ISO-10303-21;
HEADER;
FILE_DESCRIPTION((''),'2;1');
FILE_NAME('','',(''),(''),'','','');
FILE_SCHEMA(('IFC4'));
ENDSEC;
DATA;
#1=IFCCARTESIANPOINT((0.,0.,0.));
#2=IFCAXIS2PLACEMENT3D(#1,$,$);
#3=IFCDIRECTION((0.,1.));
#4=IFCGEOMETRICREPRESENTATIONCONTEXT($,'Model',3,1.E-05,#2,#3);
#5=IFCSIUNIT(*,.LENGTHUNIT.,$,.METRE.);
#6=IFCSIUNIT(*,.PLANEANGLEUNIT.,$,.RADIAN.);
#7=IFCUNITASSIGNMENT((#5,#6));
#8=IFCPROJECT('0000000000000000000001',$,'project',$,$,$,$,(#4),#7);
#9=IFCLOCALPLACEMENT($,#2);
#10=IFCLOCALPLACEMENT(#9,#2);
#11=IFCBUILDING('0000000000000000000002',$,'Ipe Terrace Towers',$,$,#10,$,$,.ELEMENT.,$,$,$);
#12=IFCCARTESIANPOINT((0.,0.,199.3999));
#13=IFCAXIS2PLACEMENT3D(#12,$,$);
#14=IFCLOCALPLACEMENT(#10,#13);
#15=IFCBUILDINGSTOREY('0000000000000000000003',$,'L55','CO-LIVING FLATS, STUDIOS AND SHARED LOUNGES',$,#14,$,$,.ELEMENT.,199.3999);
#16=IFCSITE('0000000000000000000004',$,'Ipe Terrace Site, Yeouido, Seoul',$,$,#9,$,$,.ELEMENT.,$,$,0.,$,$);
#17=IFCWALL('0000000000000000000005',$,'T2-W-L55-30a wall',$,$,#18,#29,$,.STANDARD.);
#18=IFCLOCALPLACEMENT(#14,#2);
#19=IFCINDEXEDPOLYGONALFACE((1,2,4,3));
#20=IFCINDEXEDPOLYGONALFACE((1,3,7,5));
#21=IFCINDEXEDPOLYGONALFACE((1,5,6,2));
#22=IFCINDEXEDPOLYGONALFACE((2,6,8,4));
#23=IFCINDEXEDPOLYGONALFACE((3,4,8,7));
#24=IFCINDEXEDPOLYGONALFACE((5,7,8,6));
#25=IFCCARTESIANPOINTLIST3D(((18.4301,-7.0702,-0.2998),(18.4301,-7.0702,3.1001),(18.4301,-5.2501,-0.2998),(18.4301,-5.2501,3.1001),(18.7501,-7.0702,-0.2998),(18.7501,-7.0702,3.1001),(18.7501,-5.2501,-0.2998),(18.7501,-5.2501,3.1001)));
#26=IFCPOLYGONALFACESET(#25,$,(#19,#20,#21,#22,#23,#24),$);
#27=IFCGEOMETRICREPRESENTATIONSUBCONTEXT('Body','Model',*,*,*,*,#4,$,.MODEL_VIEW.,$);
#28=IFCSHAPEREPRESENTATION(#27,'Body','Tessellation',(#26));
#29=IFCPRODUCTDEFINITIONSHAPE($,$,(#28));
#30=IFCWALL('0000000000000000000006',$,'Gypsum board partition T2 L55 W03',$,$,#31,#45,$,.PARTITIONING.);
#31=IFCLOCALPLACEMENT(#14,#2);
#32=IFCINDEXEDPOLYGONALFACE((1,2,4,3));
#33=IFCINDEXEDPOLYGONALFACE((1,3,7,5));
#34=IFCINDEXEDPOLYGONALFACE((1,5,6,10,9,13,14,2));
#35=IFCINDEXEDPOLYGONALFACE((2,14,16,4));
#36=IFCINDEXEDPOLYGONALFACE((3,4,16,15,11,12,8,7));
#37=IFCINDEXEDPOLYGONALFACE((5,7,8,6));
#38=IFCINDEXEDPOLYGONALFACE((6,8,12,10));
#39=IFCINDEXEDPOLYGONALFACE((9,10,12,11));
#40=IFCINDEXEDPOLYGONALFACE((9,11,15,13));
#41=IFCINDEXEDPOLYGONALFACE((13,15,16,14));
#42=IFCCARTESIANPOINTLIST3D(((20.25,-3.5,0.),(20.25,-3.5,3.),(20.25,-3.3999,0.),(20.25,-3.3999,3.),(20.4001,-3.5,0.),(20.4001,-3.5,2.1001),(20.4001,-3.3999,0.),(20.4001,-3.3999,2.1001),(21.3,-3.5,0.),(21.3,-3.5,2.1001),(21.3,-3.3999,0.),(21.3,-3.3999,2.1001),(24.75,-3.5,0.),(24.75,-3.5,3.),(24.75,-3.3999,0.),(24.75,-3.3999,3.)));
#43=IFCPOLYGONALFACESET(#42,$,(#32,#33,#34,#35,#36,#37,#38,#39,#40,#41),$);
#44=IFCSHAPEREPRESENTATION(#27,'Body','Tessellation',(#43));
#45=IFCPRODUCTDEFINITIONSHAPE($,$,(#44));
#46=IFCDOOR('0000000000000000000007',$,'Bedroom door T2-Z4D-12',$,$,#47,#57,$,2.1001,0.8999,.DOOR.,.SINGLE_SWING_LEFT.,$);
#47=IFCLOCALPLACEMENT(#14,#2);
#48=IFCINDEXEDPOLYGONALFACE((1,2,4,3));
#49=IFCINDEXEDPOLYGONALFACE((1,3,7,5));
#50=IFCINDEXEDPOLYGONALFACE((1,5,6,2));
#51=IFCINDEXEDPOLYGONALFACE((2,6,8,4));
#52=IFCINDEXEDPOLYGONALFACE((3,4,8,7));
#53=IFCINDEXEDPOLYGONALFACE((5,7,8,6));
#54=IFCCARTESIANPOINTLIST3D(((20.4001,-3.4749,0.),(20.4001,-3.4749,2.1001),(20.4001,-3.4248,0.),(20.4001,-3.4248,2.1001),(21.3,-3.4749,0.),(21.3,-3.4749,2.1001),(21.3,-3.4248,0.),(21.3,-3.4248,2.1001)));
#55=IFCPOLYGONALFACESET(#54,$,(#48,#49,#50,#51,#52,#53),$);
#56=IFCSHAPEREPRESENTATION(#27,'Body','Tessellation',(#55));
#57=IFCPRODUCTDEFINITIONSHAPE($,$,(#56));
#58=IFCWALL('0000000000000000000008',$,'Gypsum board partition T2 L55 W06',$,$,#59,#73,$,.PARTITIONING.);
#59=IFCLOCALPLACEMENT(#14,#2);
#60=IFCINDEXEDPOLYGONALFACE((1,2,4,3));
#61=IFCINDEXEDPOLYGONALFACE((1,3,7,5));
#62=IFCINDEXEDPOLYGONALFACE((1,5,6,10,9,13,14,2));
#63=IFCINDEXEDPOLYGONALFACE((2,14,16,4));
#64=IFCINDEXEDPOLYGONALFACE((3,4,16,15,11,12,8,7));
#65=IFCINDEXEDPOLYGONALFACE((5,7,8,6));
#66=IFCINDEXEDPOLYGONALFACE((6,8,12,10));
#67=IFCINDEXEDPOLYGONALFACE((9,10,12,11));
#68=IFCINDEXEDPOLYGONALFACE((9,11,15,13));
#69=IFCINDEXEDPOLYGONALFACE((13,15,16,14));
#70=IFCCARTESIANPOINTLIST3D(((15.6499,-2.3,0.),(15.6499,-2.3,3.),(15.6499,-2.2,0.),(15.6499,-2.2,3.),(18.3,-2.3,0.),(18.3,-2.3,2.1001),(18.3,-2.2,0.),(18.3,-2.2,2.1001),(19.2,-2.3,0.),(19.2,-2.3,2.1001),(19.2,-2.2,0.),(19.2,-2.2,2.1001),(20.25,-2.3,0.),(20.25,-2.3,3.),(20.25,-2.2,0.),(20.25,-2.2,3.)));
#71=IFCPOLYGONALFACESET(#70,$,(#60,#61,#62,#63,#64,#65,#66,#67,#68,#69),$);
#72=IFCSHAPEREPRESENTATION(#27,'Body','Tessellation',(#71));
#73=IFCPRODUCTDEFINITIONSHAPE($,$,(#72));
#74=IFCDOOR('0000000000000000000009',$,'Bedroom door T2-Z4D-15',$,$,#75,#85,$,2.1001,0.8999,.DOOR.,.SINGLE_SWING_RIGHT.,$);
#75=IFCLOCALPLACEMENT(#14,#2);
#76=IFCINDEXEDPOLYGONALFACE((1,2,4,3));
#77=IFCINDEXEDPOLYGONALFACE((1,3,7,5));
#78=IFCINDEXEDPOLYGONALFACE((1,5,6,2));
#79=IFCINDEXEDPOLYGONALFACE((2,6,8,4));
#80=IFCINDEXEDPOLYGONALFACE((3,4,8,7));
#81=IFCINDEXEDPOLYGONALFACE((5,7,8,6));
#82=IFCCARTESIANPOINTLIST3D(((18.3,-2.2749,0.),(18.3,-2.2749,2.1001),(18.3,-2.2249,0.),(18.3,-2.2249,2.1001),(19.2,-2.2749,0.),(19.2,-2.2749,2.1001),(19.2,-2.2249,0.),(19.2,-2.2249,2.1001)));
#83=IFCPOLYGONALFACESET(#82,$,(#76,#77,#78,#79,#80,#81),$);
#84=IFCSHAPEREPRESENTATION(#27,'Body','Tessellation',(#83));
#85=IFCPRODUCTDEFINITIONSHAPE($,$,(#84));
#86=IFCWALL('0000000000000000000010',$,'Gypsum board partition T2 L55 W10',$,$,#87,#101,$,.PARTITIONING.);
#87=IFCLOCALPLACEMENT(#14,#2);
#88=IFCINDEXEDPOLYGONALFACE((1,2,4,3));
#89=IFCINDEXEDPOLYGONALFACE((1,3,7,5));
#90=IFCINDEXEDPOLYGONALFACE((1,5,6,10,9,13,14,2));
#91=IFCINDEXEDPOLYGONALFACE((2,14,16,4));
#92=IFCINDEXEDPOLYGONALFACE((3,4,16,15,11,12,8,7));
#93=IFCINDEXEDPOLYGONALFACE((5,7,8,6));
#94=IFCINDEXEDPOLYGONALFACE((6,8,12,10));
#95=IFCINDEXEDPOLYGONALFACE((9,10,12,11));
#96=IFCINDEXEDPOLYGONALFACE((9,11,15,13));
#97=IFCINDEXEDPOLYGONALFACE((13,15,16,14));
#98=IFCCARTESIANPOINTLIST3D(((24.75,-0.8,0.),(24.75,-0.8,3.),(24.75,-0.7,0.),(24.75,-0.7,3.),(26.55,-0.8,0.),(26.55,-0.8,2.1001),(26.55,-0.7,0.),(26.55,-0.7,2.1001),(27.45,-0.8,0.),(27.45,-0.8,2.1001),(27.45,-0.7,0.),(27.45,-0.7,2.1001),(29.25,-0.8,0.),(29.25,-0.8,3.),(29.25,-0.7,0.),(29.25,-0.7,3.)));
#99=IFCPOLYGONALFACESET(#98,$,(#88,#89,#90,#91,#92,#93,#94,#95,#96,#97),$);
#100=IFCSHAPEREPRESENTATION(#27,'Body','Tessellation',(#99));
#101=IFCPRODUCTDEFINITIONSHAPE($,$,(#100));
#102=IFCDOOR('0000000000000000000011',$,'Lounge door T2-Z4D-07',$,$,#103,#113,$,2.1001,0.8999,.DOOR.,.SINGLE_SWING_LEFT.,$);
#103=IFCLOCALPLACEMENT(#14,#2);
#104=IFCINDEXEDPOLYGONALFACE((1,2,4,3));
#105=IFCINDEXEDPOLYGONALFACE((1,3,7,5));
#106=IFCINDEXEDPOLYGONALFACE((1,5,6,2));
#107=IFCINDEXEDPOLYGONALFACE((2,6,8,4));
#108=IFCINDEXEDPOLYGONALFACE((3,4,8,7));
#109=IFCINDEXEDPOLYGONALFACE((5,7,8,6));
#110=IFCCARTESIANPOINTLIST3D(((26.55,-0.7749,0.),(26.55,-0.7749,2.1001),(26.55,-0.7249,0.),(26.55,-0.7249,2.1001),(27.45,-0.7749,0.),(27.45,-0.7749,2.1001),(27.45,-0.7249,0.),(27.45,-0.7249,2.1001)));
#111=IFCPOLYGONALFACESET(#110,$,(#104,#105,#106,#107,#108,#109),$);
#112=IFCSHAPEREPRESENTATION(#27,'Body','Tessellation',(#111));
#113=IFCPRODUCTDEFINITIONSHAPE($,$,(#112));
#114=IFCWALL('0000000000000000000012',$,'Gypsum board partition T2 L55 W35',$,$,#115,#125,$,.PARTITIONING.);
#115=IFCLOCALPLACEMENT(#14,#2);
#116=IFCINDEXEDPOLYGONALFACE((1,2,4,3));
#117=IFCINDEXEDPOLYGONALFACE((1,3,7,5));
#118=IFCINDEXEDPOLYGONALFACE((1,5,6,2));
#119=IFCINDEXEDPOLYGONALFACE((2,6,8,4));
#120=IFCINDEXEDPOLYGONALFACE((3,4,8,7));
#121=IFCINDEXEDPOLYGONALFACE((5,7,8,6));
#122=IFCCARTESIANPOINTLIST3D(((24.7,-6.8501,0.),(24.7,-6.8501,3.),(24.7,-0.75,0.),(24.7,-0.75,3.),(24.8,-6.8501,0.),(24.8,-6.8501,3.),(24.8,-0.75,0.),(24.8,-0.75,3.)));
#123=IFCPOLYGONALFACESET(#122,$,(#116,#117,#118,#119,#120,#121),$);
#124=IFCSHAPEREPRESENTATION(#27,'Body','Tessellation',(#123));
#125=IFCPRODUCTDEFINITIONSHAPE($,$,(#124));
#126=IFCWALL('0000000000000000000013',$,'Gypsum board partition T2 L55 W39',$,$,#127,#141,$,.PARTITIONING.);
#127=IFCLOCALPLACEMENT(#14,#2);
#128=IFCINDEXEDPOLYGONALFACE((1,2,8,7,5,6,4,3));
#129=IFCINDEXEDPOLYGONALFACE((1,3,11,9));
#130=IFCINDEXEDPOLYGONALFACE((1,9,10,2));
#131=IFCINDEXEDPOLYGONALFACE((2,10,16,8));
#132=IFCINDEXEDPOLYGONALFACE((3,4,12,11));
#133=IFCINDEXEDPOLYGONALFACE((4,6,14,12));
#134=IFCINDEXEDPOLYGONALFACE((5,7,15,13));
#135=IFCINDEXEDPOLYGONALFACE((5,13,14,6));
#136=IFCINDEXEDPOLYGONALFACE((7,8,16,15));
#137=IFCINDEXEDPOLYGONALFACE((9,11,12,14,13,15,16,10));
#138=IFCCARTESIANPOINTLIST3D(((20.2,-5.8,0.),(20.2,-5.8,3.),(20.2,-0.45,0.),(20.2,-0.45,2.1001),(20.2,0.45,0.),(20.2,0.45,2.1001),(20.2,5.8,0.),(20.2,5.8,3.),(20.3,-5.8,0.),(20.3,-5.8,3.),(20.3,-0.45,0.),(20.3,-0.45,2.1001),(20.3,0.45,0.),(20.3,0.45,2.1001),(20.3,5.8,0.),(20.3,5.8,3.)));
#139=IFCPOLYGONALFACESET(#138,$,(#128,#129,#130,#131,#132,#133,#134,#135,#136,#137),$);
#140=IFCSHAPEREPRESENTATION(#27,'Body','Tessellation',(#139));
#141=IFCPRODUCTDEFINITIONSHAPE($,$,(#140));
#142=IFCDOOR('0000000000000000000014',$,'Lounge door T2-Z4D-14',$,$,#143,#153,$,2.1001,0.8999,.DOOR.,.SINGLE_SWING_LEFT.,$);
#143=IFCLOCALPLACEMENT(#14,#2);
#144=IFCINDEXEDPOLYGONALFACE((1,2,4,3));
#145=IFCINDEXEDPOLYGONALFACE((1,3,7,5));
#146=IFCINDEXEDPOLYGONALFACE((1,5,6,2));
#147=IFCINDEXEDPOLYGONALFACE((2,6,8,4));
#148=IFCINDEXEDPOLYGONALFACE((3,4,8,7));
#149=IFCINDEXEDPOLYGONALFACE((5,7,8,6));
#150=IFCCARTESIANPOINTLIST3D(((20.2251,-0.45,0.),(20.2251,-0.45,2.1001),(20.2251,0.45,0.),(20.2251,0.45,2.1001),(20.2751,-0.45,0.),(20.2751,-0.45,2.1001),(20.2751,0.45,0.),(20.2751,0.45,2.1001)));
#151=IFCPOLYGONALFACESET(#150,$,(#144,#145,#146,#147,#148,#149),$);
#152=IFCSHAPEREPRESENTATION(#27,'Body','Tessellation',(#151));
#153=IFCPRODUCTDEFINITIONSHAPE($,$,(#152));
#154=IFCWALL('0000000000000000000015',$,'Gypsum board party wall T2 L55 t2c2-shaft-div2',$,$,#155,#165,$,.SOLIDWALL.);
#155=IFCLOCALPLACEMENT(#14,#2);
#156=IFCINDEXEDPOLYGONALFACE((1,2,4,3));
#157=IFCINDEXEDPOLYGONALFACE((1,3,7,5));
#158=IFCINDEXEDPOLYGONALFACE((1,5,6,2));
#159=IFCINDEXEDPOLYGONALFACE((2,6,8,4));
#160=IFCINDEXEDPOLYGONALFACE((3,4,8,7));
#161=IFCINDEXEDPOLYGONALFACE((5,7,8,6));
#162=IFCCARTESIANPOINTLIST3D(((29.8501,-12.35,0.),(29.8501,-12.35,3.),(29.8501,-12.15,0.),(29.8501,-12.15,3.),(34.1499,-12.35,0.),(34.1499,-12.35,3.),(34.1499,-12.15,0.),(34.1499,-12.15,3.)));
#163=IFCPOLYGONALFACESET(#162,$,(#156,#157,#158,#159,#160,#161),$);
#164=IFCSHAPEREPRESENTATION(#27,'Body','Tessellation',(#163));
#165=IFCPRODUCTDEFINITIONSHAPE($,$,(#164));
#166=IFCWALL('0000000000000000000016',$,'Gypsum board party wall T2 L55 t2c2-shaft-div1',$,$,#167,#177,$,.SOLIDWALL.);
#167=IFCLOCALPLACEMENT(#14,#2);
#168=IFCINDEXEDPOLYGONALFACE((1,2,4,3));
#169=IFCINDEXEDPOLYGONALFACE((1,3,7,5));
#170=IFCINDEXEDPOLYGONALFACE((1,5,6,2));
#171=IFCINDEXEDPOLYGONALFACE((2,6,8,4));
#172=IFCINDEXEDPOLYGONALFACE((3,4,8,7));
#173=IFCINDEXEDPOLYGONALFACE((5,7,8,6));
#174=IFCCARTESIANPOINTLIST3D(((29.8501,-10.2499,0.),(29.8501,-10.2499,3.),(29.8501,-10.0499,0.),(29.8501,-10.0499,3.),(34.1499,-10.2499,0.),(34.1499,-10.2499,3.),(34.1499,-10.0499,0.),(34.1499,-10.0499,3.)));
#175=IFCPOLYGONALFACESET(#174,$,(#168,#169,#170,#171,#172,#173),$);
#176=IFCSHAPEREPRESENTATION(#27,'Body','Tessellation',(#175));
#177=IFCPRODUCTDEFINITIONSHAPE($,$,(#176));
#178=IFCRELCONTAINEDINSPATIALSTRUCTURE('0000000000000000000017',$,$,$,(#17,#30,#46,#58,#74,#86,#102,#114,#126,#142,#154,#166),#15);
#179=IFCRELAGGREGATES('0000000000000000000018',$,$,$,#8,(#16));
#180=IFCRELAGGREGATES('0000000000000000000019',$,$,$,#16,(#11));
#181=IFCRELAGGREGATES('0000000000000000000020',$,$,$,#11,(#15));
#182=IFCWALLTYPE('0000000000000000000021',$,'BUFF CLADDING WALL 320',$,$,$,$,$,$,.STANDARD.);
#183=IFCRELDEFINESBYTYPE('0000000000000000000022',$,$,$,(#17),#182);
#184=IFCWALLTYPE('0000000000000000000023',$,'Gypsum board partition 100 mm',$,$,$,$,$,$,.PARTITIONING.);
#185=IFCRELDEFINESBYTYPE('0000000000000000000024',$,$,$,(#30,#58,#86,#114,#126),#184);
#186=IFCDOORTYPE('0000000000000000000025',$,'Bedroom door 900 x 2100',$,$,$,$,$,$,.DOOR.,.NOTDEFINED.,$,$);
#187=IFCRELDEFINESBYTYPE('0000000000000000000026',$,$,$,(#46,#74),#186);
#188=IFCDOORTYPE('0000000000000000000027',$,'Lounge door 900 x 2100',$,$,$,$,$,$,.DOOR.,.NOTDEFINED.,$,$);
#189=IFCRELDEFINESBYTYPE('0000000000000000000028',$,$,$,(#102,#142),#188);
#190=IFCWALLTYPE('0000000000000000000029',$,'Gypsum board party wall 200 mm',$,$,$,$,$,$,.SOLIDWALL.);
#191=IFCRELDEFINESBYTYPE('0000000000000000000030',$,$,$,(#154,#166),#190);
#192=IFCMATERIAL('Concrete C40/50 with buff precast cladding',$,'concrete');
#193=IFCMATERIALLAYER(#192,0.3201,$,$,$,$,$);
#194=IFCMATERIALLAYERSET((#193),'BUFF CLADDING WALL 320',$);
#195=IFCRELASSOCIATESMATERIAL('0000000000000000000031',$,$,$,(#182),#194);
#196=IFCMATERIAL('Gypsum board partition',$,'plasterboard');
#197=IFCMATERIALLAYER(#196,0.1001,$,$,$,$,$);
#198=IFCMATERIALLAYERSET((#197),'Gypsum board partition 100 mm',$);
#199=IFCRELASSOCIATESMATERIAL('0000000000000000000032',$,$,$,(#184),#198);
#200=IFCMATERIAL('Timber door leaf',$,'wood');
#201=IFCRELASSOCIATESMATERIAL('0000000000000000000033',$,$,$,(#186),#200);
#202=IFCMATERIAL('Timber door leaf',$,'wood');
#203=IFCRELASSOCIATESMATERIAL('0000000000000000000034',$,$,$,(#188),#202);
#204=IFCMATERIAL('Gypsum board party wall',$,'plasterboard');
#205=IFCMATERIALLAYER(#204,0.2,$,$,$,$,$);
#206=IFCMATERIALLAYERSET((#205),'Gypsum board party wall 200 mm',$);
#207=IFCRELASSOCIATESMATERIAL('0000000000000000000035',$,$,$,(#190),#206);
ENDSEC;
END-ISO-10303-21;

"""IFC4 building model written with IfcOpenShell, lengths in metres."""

from ifc_helpers import new_model, si_unit, direction, frame, frame_2d, origin, place, context, subcontext, project, spatial, rectangle, extrude, material, layer, layer_set, type_object, element, fill, save


model = new_model("IFC4")

# Units and contexts
model_context = context("Model", 3, precision=1e-05, world=origin(), true_north=direction((0.0, 1.0)))
body_context = subcontext(model_context, "Body", "Model", "MODEL_VIEW")
ifc_project = project(units=[si_unit("LENGTHUNIT", "METRE"), si_unit("PLANEANGLEUNIT", "RADIAN")], contexts=[model_context])

# Site, building, storey
site_placement = place(None, origin())
site = spatial("IfcSite", under=ifc_project, at=site_placement, Name="Ipe Terrace Site, Yeouido, Seoul", CompositionType="ELEMENT", RefElevation=0.0)
building_placement = place(site_placement, origin())
building = spatial("IfcBuilding", under=site, at=building_placement, Name="Ipe Terrace Towers", CompositionType="ELEMENT")
storey_placement = place(building_placement, frame((0.0, 0.0, 199.3999)))
storey = spatial("IfcBuildingStorey", under=building, at=storey_placement, Name="L55", Description="CO-LIVING FLATS, STUDIOS AND SHARED LOUNGES", CompositionType="ELEMENT", Elevation=199.3999)

# Wall
ifc_material_1 = material(Name="Concrete C40/50 with buff precast cladding", Category="concrete")
ifc_layer_1 = layer(ifc_material_1, 0.3201)
ifc_layer_set_1 = layer_set([ifc_layer_1], Name="BUFF CLADDING WALL 320")
wall_type_1 = type_object("IfcWallType", Name="BUFF CLADDING WALL 320", PredefinedType="STANDARD", material=ifc_layer_set_1)
wall_1_placement = place(storey_placement, frame((18.5901, -5.25, -0.2998), z_axis=(0.0, 0.0, 1.0), x_axis=(0.0, -1.0, 0.0)))
element("IfcWall", 1, at=wall_1_placement, inside=storey, type_object=wall_type_1, Name="T2-W-L55-30a wall", PredefinedType="STANDARD", context=body_context, shape_type="SweptSolid", body=[
    extrude(rectangle(XDim=1.8201, YDim=0.3201, at=frame_2d((0.9102, 0.0))), origin(), (0.0, 0.0, 1.0), 3.3999),
])

# Walls, openings, doors
ifc_material_2 = material(Name="Gypsum board partition", Category="plasterboard")
ifc_layer_2 = layer(ifc_material_2, 0.1001)
ifc_layer_set_2 = layer_set([ifc_layer_2], Name="Gypsum board partition 100 mm")
wall_type_2 = type_object("IfcWallType", Name="Gypsum board partition 100 mm", PredefinedType="PARTITIONING", material=ifc_layer_set_2)
wall_2_placement = place(storey_placement, frame((24.75, -3.45, 0.0), z_axis=(0.0, 0.0, 1.0), x_axis=(-1.0, 0.0, 0.0)))
wall_2 = element("IfcWall", 2, at=wall_2_placement, inside=storey, type_object=wall_type_2, Name="Gypsum board partition T2 L55 W03", PredefinedType="PARTITIONING", context=body_context, shape_type="SweptSolid", body=[
    extrude(rectangle(XDim=4.5, YDim=0.1001, at=frame_2d((2.25, 0.0))), origin(), (0.0, 0.0, 1.0), 3.0),
])
opening_1_placement = place(wall_2_placement, frame((3.45, 0.0, 0.0)))
opening_1 = element("IfcOpeningElement", 3, at=opening_1_placement, cuts=wall_2, PredefinedType="OPENING", context=body_context, shape_type="SweptSolid", body=[
    extrude(rectangle(XDim=0.8999, YDim=2.1001, at=frame_2d((0.45, 1.05))), frame((0.0, 0.0601, 0.0), z_axis=(0.0, -1.0, 0.0), x_axis=(1.0, 0.0, 0.0)), (0.0, 0.0, 1.0), 0.1201),
])
ifc_material_3 = material(Name="Timber door leaf", Category="wood")
door_type_1 = type_object("IfcDoorType", Name="Bedroom door 900 x 2100", OperationType="NOTDEFINED", PredefinedType="DOOR", material=ifc_material_3)
door_1_placement = place(opening_1_placement, origin())
door_1 = element("IfcDoor", 4, at=door_1_placement, inside=storey, type_object=door_type_1, Name="Bedroom door T2-Z4D-12", OperationType="SINGLE_SWING_LEFT", OverallHeight=2.1001, OverallWidth=0.8999, PredefinedType="DOOR", context=body_context, shape_type="SweptSolid", body=[
    extrude(rectangle(XDim=0.8999, YDim=2.1001, at=frame_2d((0.45, 1.05))), frame((0.0, 0.0249, 0.0), z_axis=(0.0, -1.0, 0.0), x_axis=(1.0, 0.0, 0.0)), (0.0, 0.0, 1.0), 0.05),
])
fill(opening_1, door_1)
wall_3_placement = place(storey_placement, frame((20.25, -2.25, 0.0), z_axis=(0.0, 0.0, 1.0), x_axis=(-1.0, 0.0, 0.0)))
wall_3 = element("IfcWall", 5, at=wall_3_placement, inside=storey, type_object=wall_type_2, Name="Gypsum board partition T2 L55 W06", PredefinedType="PARTITIONING", context=body_context, shape_type="SweptSolid", body=[
    extrude(rectangle(XDim=4.6001, YDim=0.1001, at=frame_2d((2.3, 0.0))), origin(), (0.0, 0.0, 1.0), 3.0),
])
opening_2_placement = place(wall_3_placement, frame((1.05, 0.0, 0.0)))
opening_2 = element("IfcOpeningElement", 6, at=opening_2_placement, cuts=wall_3, PredefinedType="OPENING", context=body_context, shape_type="SweptSolid", body=[
    extrude(rectangle(XDim=0.8999, YDim=2.1001, at=frame_2d((0.45, 1.05))), frame((0.0, 0.0601, 0.0), z_axis=(0.0, -1.0, 0.0), x_axis=(1.0, 0.0, 0.0)), (0.0, 0.0, 1.0), 0.1201),
])
door_2_placement = place(opening_2_placement, origin())
door_2 = element("IfcDoor", 7, at=door_2_placement, inside=storey, type_object=door_type_1, Name="Bedroom door T2-Z4D-15", OperationType="SINGLE_SWING_RIGHT", OverallHeight=2.1001, OverallWidth=0.8999, PredefinedType="DOOR", context=body_context, shape_type="SweptSolid", body=[
    extrude(rectangle(XDim=0.8999, YDim=2.1001, at=frame_2d((0.45, 1.05))), frame((0.0, 0.0249, 0.0), z_axis=(0.0, -1.0, 0.0), x_axis=(1.0, 0.0, 0.0)), (0.0, 0.0, 1.0), 0.05),
])
fill(opening_2, door_2)
wall_4_placement = place(storey_placement, frame((29.25, -0.75, 0.0), z_axis=(0.0, 0.0, 1.0), x_axis=(-1.0, 0.0, 0.0)))
wall_4 = element("IfcWall", 8, at=wall_4_placement, inside=storey, type_object=wall_type_2, Name="Gypsum board partition T2 L55 W10", PredefinedType="PARTITIONING", context=body_context, shape_type="SweptSolid", body=[
    extrude(rectangle(XDim=4.5, YDim=0.1001, at=frame_2d((2.25, 0.0))), origin(), (0.0, 0.0, 1.0), 3.0),
])
opening_3_placement = place(wall_4_placement, frame((1.8, 0.0, 0.0)))
opening_3 = element("IfcOpeningElement", 9, at=opening_3_placement, cuts=wall_4, PredefinedType="OPENING", context=body_context, shape_type="SweptSolid", body=[
    extrude(rectangle(XDim=0.8999, YDim=2.1001, at=frame_2d((0.45, 1.05))), frame((0.0, 0.0601, 0.0), z_axis=(0.0, -1.0, 0.0), x_axis=(1.0, 0.0, 0.0)), (0.0, 0.0, 1.0), 0.1201),
])
ifc_material_4 = material(Name="Timber door leaf", Category="wood")
door_type_2 = type_object("IfcDoorType", Name="Lounge door 900 x 2100", OperationType="NOTDEFINED", PredefinedType="DOOR", material=ifc_material_4)
door_3_placement = place(opening_3_placement, origin())
door_3 = element("IfcDoor", 10, at=door_3_placement, inside=storey, type_object=door_type_2, Name="Lounge door T2-Z4D-07", OperationType="SINGLE_SWING_LEFT", OverallHeight=2.1001, OverallWidth=0.8999, PredefinedType="DOOR", context=body_context, shape_type="SweptSolid", body=[
    extrude(rectangle(XDim=0.8999, YDim=2.1001, at=frame_2d((0.45, 1.05))), frame((0.0, 0.0249, 0.0), z_axis=(0.0, -1.0, 0.0), x_axis=(1.0, 0.0, 0.0)), (0.0, 0.0, 1.0), 0.05),
])
fill(opening_3, door_3)

# Wall
wall_5_placement = place(storey_placement, frame((24.75, -6.8501, 0.0), z_axis=(0.0, 0.0, 1.0), x_axis=(0.0, 1.0, 0.0)))
element("IfcWall", 11, at=wall_5_placement, inside=storey, type_object=wall_type_2, Name="Gypsum board partition T2 L55 W35", PredefinedType="PARTITIONING", context=body_context, shape_type="SweptSolid", body=[
    extrude(rectangle(XDim=6.1001, YDim=0.1001, at=frame_2d((3.05, 0.0))), origin(), (0.0, 0.0, 1.0), 3.0),
])

# Wall, opening, door
wall_6_placement = place(storey_placement, frame((20.25, -5.8, 0.0), z_axis=(0.0, 0.0, 1.0), x_axis=(0.0, 1.0, 0.0)))
wall_6 = element("IfcWall", 12, at=wall_6_placement, inside=storey, type_object=wall_type_2, Name="Gypsum board partition T2 L55 W39", PredefinedType="PARTITIONING", context=body_context, shape_type="SweptSolid", body=[
    extrude(rectangle(XDim=11.6001, YDim=0.1001, at=frame_2d((5.8, 0.0))), origin(), (0.0, 0.0, 1.0), 3.0),
])
opening_4_placement = place(wall_6_placement, frame((5.3501, 0.0, 0.0)))
opening_4 = element("IfcOpeningElement", 13, at=opening_4_placement, cuts=wall_6, PredefinedType="OPENING", context=body_context, shape_type="SweptSolid", body=[
    extrude(rectangle(XDim=0.8999, YDim=2.1001, at=frame_2d((0.45, 1.05))), frame((0.0, 0.0601, 0.0), z_axis=(0.0, -1.0, 0.0), x_axis=(1.0, 0.0, 0.0)), (0.0, 0.0, 1.0), 0.1201),
])
door_4_placement = place(opening_4_placement, origin())
door_4 = element("IfcDoor", 14, at=door_4_placement, inside=storey, type_object=door_type_2, Name="Lounge door T2-Z4D-14", OperationType="SINGLE_SWING_LEFT", OverallHeight=2.1001, OverallWidth=0.8999, PredefinedType="DOOR", context=body_context, shape_type="SweptSolid", body=[
    extrude(rectangle(XDim=0.8999, YDim=2.1001, at=frame_2d((0.45, 1.05))), frame((0.0, 0.0249, 0.0), z_axis=(0.0, -1.0, 0.0), x_axis=(1.0, 0.0, 0.0)), (0.0, 0.0, 1.0), 0.05),
])
fill(opening_4, door_4)

# Walls
ifc_material_5 = material(Name="Gypsum board party wall", Category="plasterboard")
ifc_layer_3 = layer(ifc_material_5, 0.2)
ifc_layer_set_3 = layer_set([ifc_layer_3], Name="Gypsum board party wall 200 mm")
wall_type_3 = type_object("IfcWallType", Name="Gypsum board party wall 200 mm", PredefinedType="SOLIDWALL", material=ifc_layer_set_3)
for number, where, z_axis, x_axis, name in (
    (15, (29.8501, -12.25, 0.0), (0.0, 0.0, 1.0), (1.0, 0.0, 0.0), "Gypsum board party wall T2 L55 t2c2-shaft-div2"),
    (16, (29.8501, -10.1499, 0.0), (0.0, 0.0, 1.0), (1.0, 0.0, 0.0), "Gypsum board party wall T2 L55 t2c2-shaft-div1"),
):
    element("IfcWall", number, at=place(storey_placement, frame(where, z_axis=z_axis, x_axis=x_axis)), inside=storey, type_object=wall_type_3, Name=name, PredefinedType="SOLIDWALL", context=body_context, shape_type="SweptSolid", body=[
        extrude(rectangle(XDim=4.2998, YDim=0.2, at=frame_2d((2.1499, 0.0))), origin(), (0.0, 0.0, 1.0), 3.0),
    ])

save(model, "model.ifc")
